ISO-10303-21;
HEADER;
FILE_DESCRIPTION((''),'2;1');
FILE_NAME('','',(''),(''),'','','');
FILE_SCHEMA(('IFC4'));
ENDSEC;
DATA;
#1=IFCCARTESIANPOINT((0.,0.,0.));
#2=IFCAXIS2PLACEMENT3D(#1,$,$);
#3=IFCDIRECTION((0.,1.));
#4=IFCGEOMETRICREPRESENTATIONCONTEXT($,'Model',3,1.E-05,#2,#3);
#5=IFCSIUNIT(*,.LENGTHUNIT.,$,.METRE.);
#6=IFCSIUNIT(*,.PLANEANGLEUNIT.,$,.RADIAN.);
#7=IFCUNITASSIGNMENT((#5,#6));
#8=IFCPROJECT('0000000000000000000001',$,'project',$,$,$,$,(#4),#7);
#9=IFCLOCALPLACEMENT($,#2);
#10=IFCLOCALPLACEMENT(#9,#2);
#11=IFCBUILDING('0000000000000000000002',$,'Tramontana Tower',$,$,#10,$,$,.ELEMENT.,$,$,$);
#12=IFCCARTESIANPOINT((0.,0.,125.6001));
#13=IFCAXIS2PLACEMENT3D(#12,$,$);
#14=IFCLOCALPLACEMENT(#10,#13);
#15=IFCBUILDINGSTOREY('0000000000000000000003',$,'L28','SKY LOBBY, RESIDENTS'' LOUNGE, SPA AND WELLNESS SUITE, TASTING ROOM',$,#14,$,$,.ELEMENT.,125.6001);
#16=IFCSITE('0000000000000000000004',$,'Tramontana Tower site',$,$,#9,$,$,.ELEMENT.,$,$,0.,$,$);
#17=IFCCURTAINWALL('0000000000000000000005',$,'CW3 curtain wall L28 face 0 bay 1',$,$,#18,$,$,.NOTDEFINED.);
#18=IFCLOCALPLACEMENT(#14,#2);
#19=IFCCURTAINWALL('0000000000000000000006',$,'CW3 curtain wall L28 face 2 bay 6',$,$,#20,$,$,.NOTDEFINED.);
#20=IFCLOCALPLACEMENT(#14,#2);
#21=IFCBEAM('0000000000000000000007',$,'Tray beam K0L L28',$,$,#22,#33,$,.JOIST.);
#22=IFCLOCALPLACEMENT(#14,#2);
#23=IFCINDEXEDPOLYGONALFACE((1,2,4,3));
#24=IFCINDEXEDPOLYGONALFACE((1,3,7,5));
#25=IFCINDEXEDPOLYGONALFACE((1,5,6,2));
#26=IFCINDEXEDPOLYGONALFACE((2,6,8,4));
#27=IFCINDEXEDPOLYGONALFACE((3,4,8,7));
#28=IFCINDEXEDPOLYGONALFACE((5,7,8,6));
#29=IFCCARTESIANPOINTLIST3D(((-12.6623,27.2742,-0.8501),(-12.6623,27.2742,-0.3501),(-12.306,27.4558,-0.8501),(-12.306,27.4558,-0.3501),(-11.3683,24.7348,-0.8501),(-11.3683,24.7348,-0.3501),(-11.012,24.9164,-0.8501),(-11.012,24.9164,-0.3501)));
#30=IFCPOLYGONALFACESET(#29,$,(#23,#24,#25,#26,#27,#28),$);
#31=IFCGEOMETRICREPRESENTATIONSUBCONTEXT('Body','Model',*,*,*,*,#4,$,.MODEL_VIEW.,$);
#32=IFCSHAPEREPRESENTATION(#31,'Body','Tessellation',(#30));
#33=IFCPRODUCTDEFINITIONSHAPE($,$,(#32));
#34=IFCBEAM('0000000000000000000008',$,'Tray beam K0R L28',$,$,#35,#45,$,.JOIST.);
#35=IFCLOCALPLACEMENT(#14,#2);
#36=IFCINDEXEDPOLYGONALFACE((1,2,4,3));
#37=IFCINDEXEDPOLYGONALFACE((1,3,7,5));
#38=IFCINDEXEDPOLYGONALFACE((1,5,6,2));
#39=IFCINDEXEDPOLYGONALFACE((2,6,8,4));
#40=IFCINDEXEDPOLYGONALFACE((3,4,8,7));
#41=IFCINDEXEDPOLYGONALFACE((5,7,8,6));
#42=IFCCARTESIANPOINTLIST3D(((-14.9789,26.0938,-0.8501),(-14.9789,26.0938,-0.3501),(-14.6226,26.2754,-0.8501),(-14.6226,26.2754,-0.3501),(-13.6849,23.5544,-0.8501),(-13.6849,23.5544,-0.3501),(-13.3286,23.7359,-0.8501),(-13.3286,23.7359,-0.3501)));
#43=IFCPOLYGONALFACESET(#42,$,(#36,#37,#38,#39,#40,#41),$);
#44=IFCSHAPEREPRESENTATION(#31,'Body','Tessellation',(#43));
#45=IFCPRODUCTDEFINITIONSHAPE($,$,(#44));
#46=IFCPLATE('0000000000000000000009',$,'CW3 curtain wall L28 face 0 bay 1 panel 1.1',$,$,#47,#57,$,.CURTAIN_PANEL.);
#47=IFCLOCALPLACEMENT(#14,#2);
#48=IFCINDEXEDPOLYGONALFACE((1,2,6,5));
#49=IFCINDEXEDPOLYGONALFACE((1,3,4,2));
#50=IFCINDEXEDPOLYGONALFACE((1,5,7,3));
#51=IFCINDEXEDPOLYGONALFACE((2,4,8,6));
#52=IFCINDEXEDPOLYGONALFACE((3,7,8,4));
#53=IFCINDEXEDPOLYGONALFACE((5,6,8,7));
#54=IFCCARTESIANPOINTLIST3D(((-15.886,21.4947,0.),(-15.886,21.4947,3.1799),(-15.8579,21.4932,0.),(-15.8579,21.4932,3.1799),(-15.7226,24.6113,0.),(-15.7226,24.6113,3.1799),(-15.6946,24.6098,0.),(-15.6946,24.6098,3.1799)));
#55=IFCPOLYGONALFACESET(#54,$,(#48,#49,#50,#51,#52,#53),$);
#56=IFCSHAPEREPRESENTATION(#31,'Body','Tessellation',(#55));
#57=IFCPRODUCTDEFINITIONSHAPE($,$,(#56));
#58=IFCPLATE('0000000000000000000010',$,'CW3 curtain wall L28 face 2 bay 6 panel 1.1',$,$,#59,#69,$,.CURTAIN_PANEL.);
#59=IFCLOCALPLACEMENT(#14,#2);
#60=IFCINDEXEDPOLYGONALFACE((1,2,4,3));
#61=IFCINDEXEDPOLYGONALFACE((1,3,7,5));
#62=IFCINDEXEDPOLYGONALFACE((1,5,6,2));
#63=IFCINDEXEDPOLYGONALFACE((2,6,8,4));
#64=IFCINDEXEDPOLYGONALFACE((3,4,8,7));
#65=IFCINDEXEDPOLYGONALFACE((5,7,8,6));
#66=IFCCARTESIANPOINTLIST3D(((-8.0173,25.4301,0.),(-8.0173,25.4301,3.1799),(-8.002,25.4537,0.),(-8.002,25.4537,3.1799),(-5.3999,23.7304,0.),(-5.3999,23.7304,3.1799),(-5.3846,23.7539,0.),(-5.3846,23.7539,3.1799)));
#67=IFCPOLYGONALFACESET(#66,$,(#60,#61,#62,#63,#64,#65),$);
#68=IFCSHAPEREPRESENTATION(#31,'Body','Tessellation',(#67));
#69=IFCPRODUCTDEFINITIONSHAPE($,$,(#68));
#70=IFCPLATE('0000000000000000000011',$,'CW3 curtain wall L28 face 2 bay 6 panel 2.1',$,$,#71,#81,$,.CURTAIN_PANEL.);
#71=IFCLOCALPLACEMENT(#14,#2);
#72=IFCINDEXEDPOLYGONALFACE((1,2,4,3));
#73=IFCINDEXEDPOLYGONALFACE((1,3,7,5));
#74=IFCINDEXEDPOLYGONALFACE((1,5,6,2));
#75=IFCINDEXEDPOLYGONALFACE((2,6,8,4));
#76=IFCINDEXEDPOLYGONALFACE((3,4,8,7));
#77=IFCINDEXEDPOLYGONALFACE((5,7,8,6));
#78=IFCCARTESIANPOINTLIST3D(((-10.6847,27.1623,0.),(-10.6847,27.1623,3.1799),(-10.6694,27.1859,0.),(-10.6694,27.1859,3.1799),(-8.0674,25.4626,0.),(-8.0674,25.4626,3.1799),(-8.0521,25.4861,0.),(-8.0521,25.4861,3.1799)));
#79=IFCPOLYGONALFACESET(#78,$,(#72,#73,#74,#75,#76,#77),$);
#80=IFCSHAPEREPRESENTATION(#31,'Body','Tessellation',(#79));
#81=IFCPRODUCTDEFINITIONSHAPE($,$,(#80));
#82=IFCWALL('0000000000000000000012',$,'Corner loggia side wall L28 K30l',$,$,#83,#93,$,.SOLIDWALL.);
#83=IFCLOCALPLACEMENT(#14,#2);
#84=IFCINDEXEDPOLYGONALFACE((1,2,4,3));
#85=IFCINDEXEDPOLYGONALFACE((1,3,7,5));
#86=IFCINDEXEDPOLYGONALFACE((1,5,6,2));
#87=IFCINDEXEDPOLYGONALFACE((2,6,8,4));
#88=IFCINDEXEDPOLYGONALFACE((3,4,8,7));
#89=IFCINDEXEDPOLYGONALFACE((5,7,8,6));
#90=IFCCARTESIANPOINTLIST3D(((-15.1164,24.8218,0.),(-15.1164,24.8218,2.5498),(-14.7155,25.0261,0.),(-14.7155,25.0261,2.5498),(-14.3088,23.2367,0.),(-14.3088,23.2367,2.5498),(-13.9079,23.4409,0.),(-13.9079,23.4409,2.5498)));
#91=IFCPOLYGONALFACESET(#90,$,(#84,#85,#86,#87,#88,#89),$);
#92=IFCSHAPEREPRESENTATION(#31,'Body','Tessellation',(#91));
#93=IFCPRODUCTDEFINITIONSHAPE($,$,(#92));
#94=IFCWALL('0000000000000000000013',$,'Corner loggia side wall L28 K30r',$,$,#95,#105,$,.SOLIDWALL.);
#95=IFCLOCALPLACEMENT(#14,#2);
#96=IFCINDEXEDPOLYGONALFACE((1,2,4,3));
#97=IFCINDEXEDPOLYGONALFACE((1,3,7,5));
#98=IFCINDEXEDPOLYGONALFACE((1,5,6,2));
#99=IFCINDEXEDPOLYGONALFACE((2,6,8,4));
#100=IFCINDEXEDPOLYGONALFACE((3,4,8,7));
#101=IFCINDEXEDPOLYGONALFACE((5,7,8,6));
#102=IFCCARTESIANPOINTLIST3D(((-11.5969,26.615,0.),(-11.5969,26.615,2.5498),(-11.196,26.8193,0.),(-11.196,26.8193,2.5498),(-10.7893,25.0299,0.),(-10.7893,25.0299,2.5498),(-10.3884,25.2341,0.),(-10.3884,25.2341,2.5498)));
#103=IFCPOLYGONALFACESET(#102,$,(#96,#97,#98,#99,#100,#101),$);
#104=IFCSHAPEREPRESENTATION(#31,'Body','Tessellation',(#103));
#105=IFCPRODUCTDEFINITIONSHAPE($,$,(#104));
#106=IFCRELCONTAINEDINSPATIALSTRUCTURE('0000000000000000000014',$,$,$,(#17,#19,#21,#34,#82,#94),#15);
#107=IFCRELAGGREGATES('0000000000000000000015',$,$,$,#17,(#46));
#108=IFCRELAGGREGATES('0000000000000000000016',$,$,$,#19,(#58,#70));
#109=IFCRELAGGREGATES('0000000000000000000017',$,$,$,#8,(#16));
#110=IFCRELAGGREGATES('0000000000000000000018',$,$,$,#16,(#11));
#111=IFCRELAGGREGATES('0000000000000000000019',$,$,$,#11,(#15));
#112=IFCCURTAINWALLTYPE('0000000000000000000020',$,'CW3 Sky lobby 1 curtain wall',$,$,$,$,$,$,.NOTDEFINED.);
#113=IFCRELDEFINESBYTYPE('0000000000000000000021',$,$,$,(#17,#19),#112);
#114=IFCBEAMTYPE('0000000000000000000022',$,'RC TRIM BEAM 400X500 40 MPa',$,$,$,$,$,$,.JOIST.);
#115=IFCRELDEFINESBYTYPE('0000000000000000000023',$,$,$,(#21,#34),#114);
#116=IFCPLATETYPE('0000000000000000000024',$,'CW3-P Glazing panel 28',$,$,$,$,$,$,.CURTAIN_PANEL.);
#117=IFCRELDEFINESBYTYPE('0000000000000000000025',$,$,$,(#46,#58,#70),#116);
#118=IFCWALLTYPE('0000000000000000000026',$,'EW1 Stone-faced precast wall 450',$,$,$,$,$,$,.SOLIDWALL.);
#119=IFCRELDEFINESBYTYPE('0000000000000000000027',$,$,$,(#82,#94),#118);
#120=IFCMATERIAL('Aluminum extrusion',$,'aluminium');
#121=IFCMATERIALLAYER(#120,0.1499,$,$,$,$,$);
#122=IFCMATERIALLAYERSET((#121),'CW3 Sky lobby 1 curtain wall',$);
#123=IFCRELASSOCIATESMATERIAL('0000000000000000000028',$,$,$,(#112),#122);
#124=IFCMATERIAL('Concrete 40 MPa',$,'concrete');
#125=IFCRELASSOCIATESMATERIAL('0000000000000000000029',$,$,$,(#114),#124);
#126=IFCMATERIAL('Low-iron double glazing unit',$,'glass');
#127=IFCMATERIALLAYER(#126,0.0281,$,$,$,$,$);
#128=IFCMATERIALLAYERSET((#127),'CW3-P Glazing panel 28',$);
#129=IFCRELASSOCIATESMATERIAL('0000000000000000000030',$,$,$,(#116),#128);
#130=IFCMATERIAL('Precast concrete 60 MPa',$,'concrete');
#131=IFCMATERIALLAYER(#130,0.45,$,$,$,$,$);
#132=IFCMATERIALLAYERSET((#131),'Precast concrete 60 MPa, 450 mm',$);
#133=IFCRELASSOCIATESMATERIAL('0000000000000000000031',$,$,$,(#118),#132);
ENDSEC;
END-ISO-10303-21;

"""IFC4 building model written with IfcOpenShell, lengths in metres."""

from ifc_helpers import new_model, si_unit, direction, frame, frame_2d, origin, origin_2d, place, context, subcontext, project, spatial, rectangle, extrude, material, layer, layer_set, material_profile, profile_set, type_object, element, aggregate, save


model = new_model("IFC4")

# Units and contexts
model_context = context("Model", 3, precision=1e-05, world=origin(), true_north=direction((0.0, 1.0)))
body_context = subcontext(model_context, "Body", "Model", "MODEL_VIEW")
ifc_project = project(units=[si_unit("LENGTHUNIT", "METRE"), si_unit("PLANEANGLEUNIT", "RADIAN")], contexts=[model_context])

# Site, building, storey
site_placement = place(None, origin())
site = spatial("IfcSite", under=ifc_project, at=site_placement, Name="Tramontana Tower site", CompositionType="ELEMENT", RefElevation=0.0)
building_placement = place(site_placement, origin())
building = spatial("IfcBuilding", under=site, at=building_placement, Name="Tramontana Tower", CompositionType="ELEMENT")
storey_placement = place(building_placement, frame((0.0, 0.0, 125.6001)))
storey = spatial("IfcBuildingStorey", under=building, at=storey_placement, Name="L28", Description="SKY LOBBY, RESIDENTS' LOUNGE, SPA AND WELLNESS SUITE, TASTING ROOM", CompositionType="ELEMENT", Elevation=125.6001)

# Curtain wall
ifc_material_1 = material(Name="Aluminum extrusion", Category="aluminium")
ifc_layer_1 = layer(ifc_material_1, 0.1499)
ifc_layer_set_1 = layer_set([ifc_layer_1], Name="CW3 Sky lobby 1 curtain wall")
curtain_wall_type = type_object("IfcCurtainWallType", Name="CW3 Sky lobby 1 curtain wall", PredefinedType="NOTDEFINED", material=ifc_layer_set_1)
curtain_wall_1_placement = place(storey_placement, origin())
curtain_wall_1 = element("IfcCurtainWall", 1, at=curtain_wall_1_placement, inside=storey, type_object=curtain_wall_type, Name="CW3 curtain wall L28 face 0 bay 1", PredefinedType="NOTDEFINED")

# Curtain wall
curtain_wall_2_placement = place(storey_placement, origin())
curtain_wall_2 = element("IfcCurtainWall", 2, at=curtain_wall_2_placement, inside=storey, type_object=curtain_wall_type, Name="CW3 curtain wall L28 face 2 bay 6", PredefinedType="NOTDEFINED")

# Beams
ifc_material_2 = material(Name="Concrete 40 MPa", Category="concrete")
ifc_material_profile_1 = material_profile(ifc_material_2, rectangle(XDim=0.3999, YDim=0.5, at=origin_2d()), Name="RC TRIM BEAM 400X500 40 MPa")
ifc_profile_set_1 = profile_set([ifc_material_profile_1], Name="Concrete 40 MPa")
beam_type_1 = type_object("IfcBeamType", Name="RC TRIM BEAM 400X500 40 MPa", PredefinedType="JOIST", material=ifc_profile_set_1)
for number, where, z_axis, x_axis, name in (
    (3, (-12.4841, 27.365, -0.6001), (0.454019, -0.890992, 0.0), (0.890992, 0.454019, 0.0), "Tray beam K0L L28"),
    (4, (-14.8008, 26.1846, -0.6001), (0.454019, -0.890992, 0.0), (0.890992, 0.454019, 0.0), "Tray beam K0R L28"),
):
    element("IfcBeam", number, at=place(storey_placement, frame(where, z_axis=z_axis, x_axis=x_axis)), inside=storey, type_object=beam_type_1, Name=name, PredefinedType="JOIST", context=body_context, shape_type="SweptSolid", body=[
        extrude(rectangle(XDim=0.3999, YDim=0.5, at=origin_2d()), origin(), (0.0, 0.0, 1.0), 2.8501),
    ])

# Plates
ifc_material_3 = material(Name="Low-iron double glazing unit", Category="glass")
ifc_layer_2 = layer(ifc_material_3, 0.0281)
ifc_layer_set_2 = layer_set([ifc_layer_2], Name="CW3-P Glazing panel 28")
plate_type = type_object("IfcPlateType", Name="CW3-P Glazing panel 28", PredefinedType="CURTAIN_PANEL", material=ifc_layer_set_2)
plate_1_placement = place(storey_placement, frame((-15.7903, 23.0522, 0.0), z_axis=(0.0, 0.0, 1.0), x_axis=(-0.052336, -0.99863, 0.0)))
plate_1 = element("IfcPlate", 5, at=plate_1_placement, type_object=plate_type, Name="CW3 curtain wall L28 face 0 bay 1 panel 1.1", PredefinedType="CURTAIN_PANEL", context=body_context, shape_type="SweptSolid", body=[
    extrude(rectangle(XDim=3.1208, YDim=0.0281, at=origin_2d()), origin(), (0.0, 0.0, 1.0), 3.1799),
])
aggregate(curtain_wall_1, [plate_1])
plate_2_placement = place(storey_placement, frame((-6.7009, 24.592, 0.0), z_axis=(0.0, 0.0, 1.0), x_axis=(-0.838671, 0.544639, 0.0)))
plate_2 = element("IfcPlate", 6, at=plate_2_placement, type_object=plate_type, Name="CW3 curtain wall L28 face 2 bay 6 panel 1.1", PredefinedType="CURTAIN_PANEL", context=body_context, shape_type="SweptSolid", body=[
    extrude(rectangle(XDim=3.1208, YDim=0.0281, at=origin_2d()), origin(), (0.0, 0.0, 1.0), 3.1799),
])
plate_3_placement = place(storey_placement, frame((-9.3684, 26.3242, 0.0), z_axis=(0.0, 0.0, 1.0), x_axis=(-0.838671, 0.544639, 0.0)))
plate_3 = element("IfcPlate", 7, at=plate_3_placement, type_object=plate_type, Name="CW3 curtain wall L28 face 2 bay 6 panel 2.1", PredefinedType="CURTAIN_PANEL", context=body_context, shape_type="SweptSolid", body=[
    extrude(rectangle(XDim=3.1208, YDim=0.0281, at=origin_2d()), origin(), (0.0, 0.0, 1.0), 3.1799),
])
aggregate(curtain_wall_2, [plate_2, plate_3])

# Walls
ifc_material_4 = material(Name="Precast concrete 60 MPa", Category="concrete")
ifc_layer_3 = layer(ifc_material_4, 0.45)
ifc_layer_set_3 = layer_set([ifc_layer_3], Name="Precast concrete 60 MPa, 450 mm")
wall_type_1 = type_object("IfcWallType", Name="EW1 Stone-faced precast wall 450", PredefinedType="SOLIDWALL", material=ifc_layer_set_3)
for number, where, z_axis, x_axis, name in (
    (8, (-14.916, 24.9241, 0.0), (0.0, 0.0, 1.0), (0.453953, -0.891026, 0.0), "Corner loggia side wall L28 K30l"),
    (9, (-11.3965, 26.7173, 0.0), (0.0, 0.0, 1.0), (0.453953, -0.891026, 0.0), "Corner loggia side wall L28 K30r"),
):
    element("IfcWall", number, at=place(storey_placement, frame(where, z_axis=z_axis, x_axis=x_axis)), inside=storey, type_object=wall_type_1, Name=name, PredefinedType="SOLIDWALL", context=body_context, shape_type="SweptSolid", body=[
        extrude(rectangle(XDim=1.7791, YDim=0.45, at=frame_2d((0.8896, 0.0))), origin(), (0.0, 0.0, 1.0), 2.5498),
    ])

save(model, "model.ifc")
